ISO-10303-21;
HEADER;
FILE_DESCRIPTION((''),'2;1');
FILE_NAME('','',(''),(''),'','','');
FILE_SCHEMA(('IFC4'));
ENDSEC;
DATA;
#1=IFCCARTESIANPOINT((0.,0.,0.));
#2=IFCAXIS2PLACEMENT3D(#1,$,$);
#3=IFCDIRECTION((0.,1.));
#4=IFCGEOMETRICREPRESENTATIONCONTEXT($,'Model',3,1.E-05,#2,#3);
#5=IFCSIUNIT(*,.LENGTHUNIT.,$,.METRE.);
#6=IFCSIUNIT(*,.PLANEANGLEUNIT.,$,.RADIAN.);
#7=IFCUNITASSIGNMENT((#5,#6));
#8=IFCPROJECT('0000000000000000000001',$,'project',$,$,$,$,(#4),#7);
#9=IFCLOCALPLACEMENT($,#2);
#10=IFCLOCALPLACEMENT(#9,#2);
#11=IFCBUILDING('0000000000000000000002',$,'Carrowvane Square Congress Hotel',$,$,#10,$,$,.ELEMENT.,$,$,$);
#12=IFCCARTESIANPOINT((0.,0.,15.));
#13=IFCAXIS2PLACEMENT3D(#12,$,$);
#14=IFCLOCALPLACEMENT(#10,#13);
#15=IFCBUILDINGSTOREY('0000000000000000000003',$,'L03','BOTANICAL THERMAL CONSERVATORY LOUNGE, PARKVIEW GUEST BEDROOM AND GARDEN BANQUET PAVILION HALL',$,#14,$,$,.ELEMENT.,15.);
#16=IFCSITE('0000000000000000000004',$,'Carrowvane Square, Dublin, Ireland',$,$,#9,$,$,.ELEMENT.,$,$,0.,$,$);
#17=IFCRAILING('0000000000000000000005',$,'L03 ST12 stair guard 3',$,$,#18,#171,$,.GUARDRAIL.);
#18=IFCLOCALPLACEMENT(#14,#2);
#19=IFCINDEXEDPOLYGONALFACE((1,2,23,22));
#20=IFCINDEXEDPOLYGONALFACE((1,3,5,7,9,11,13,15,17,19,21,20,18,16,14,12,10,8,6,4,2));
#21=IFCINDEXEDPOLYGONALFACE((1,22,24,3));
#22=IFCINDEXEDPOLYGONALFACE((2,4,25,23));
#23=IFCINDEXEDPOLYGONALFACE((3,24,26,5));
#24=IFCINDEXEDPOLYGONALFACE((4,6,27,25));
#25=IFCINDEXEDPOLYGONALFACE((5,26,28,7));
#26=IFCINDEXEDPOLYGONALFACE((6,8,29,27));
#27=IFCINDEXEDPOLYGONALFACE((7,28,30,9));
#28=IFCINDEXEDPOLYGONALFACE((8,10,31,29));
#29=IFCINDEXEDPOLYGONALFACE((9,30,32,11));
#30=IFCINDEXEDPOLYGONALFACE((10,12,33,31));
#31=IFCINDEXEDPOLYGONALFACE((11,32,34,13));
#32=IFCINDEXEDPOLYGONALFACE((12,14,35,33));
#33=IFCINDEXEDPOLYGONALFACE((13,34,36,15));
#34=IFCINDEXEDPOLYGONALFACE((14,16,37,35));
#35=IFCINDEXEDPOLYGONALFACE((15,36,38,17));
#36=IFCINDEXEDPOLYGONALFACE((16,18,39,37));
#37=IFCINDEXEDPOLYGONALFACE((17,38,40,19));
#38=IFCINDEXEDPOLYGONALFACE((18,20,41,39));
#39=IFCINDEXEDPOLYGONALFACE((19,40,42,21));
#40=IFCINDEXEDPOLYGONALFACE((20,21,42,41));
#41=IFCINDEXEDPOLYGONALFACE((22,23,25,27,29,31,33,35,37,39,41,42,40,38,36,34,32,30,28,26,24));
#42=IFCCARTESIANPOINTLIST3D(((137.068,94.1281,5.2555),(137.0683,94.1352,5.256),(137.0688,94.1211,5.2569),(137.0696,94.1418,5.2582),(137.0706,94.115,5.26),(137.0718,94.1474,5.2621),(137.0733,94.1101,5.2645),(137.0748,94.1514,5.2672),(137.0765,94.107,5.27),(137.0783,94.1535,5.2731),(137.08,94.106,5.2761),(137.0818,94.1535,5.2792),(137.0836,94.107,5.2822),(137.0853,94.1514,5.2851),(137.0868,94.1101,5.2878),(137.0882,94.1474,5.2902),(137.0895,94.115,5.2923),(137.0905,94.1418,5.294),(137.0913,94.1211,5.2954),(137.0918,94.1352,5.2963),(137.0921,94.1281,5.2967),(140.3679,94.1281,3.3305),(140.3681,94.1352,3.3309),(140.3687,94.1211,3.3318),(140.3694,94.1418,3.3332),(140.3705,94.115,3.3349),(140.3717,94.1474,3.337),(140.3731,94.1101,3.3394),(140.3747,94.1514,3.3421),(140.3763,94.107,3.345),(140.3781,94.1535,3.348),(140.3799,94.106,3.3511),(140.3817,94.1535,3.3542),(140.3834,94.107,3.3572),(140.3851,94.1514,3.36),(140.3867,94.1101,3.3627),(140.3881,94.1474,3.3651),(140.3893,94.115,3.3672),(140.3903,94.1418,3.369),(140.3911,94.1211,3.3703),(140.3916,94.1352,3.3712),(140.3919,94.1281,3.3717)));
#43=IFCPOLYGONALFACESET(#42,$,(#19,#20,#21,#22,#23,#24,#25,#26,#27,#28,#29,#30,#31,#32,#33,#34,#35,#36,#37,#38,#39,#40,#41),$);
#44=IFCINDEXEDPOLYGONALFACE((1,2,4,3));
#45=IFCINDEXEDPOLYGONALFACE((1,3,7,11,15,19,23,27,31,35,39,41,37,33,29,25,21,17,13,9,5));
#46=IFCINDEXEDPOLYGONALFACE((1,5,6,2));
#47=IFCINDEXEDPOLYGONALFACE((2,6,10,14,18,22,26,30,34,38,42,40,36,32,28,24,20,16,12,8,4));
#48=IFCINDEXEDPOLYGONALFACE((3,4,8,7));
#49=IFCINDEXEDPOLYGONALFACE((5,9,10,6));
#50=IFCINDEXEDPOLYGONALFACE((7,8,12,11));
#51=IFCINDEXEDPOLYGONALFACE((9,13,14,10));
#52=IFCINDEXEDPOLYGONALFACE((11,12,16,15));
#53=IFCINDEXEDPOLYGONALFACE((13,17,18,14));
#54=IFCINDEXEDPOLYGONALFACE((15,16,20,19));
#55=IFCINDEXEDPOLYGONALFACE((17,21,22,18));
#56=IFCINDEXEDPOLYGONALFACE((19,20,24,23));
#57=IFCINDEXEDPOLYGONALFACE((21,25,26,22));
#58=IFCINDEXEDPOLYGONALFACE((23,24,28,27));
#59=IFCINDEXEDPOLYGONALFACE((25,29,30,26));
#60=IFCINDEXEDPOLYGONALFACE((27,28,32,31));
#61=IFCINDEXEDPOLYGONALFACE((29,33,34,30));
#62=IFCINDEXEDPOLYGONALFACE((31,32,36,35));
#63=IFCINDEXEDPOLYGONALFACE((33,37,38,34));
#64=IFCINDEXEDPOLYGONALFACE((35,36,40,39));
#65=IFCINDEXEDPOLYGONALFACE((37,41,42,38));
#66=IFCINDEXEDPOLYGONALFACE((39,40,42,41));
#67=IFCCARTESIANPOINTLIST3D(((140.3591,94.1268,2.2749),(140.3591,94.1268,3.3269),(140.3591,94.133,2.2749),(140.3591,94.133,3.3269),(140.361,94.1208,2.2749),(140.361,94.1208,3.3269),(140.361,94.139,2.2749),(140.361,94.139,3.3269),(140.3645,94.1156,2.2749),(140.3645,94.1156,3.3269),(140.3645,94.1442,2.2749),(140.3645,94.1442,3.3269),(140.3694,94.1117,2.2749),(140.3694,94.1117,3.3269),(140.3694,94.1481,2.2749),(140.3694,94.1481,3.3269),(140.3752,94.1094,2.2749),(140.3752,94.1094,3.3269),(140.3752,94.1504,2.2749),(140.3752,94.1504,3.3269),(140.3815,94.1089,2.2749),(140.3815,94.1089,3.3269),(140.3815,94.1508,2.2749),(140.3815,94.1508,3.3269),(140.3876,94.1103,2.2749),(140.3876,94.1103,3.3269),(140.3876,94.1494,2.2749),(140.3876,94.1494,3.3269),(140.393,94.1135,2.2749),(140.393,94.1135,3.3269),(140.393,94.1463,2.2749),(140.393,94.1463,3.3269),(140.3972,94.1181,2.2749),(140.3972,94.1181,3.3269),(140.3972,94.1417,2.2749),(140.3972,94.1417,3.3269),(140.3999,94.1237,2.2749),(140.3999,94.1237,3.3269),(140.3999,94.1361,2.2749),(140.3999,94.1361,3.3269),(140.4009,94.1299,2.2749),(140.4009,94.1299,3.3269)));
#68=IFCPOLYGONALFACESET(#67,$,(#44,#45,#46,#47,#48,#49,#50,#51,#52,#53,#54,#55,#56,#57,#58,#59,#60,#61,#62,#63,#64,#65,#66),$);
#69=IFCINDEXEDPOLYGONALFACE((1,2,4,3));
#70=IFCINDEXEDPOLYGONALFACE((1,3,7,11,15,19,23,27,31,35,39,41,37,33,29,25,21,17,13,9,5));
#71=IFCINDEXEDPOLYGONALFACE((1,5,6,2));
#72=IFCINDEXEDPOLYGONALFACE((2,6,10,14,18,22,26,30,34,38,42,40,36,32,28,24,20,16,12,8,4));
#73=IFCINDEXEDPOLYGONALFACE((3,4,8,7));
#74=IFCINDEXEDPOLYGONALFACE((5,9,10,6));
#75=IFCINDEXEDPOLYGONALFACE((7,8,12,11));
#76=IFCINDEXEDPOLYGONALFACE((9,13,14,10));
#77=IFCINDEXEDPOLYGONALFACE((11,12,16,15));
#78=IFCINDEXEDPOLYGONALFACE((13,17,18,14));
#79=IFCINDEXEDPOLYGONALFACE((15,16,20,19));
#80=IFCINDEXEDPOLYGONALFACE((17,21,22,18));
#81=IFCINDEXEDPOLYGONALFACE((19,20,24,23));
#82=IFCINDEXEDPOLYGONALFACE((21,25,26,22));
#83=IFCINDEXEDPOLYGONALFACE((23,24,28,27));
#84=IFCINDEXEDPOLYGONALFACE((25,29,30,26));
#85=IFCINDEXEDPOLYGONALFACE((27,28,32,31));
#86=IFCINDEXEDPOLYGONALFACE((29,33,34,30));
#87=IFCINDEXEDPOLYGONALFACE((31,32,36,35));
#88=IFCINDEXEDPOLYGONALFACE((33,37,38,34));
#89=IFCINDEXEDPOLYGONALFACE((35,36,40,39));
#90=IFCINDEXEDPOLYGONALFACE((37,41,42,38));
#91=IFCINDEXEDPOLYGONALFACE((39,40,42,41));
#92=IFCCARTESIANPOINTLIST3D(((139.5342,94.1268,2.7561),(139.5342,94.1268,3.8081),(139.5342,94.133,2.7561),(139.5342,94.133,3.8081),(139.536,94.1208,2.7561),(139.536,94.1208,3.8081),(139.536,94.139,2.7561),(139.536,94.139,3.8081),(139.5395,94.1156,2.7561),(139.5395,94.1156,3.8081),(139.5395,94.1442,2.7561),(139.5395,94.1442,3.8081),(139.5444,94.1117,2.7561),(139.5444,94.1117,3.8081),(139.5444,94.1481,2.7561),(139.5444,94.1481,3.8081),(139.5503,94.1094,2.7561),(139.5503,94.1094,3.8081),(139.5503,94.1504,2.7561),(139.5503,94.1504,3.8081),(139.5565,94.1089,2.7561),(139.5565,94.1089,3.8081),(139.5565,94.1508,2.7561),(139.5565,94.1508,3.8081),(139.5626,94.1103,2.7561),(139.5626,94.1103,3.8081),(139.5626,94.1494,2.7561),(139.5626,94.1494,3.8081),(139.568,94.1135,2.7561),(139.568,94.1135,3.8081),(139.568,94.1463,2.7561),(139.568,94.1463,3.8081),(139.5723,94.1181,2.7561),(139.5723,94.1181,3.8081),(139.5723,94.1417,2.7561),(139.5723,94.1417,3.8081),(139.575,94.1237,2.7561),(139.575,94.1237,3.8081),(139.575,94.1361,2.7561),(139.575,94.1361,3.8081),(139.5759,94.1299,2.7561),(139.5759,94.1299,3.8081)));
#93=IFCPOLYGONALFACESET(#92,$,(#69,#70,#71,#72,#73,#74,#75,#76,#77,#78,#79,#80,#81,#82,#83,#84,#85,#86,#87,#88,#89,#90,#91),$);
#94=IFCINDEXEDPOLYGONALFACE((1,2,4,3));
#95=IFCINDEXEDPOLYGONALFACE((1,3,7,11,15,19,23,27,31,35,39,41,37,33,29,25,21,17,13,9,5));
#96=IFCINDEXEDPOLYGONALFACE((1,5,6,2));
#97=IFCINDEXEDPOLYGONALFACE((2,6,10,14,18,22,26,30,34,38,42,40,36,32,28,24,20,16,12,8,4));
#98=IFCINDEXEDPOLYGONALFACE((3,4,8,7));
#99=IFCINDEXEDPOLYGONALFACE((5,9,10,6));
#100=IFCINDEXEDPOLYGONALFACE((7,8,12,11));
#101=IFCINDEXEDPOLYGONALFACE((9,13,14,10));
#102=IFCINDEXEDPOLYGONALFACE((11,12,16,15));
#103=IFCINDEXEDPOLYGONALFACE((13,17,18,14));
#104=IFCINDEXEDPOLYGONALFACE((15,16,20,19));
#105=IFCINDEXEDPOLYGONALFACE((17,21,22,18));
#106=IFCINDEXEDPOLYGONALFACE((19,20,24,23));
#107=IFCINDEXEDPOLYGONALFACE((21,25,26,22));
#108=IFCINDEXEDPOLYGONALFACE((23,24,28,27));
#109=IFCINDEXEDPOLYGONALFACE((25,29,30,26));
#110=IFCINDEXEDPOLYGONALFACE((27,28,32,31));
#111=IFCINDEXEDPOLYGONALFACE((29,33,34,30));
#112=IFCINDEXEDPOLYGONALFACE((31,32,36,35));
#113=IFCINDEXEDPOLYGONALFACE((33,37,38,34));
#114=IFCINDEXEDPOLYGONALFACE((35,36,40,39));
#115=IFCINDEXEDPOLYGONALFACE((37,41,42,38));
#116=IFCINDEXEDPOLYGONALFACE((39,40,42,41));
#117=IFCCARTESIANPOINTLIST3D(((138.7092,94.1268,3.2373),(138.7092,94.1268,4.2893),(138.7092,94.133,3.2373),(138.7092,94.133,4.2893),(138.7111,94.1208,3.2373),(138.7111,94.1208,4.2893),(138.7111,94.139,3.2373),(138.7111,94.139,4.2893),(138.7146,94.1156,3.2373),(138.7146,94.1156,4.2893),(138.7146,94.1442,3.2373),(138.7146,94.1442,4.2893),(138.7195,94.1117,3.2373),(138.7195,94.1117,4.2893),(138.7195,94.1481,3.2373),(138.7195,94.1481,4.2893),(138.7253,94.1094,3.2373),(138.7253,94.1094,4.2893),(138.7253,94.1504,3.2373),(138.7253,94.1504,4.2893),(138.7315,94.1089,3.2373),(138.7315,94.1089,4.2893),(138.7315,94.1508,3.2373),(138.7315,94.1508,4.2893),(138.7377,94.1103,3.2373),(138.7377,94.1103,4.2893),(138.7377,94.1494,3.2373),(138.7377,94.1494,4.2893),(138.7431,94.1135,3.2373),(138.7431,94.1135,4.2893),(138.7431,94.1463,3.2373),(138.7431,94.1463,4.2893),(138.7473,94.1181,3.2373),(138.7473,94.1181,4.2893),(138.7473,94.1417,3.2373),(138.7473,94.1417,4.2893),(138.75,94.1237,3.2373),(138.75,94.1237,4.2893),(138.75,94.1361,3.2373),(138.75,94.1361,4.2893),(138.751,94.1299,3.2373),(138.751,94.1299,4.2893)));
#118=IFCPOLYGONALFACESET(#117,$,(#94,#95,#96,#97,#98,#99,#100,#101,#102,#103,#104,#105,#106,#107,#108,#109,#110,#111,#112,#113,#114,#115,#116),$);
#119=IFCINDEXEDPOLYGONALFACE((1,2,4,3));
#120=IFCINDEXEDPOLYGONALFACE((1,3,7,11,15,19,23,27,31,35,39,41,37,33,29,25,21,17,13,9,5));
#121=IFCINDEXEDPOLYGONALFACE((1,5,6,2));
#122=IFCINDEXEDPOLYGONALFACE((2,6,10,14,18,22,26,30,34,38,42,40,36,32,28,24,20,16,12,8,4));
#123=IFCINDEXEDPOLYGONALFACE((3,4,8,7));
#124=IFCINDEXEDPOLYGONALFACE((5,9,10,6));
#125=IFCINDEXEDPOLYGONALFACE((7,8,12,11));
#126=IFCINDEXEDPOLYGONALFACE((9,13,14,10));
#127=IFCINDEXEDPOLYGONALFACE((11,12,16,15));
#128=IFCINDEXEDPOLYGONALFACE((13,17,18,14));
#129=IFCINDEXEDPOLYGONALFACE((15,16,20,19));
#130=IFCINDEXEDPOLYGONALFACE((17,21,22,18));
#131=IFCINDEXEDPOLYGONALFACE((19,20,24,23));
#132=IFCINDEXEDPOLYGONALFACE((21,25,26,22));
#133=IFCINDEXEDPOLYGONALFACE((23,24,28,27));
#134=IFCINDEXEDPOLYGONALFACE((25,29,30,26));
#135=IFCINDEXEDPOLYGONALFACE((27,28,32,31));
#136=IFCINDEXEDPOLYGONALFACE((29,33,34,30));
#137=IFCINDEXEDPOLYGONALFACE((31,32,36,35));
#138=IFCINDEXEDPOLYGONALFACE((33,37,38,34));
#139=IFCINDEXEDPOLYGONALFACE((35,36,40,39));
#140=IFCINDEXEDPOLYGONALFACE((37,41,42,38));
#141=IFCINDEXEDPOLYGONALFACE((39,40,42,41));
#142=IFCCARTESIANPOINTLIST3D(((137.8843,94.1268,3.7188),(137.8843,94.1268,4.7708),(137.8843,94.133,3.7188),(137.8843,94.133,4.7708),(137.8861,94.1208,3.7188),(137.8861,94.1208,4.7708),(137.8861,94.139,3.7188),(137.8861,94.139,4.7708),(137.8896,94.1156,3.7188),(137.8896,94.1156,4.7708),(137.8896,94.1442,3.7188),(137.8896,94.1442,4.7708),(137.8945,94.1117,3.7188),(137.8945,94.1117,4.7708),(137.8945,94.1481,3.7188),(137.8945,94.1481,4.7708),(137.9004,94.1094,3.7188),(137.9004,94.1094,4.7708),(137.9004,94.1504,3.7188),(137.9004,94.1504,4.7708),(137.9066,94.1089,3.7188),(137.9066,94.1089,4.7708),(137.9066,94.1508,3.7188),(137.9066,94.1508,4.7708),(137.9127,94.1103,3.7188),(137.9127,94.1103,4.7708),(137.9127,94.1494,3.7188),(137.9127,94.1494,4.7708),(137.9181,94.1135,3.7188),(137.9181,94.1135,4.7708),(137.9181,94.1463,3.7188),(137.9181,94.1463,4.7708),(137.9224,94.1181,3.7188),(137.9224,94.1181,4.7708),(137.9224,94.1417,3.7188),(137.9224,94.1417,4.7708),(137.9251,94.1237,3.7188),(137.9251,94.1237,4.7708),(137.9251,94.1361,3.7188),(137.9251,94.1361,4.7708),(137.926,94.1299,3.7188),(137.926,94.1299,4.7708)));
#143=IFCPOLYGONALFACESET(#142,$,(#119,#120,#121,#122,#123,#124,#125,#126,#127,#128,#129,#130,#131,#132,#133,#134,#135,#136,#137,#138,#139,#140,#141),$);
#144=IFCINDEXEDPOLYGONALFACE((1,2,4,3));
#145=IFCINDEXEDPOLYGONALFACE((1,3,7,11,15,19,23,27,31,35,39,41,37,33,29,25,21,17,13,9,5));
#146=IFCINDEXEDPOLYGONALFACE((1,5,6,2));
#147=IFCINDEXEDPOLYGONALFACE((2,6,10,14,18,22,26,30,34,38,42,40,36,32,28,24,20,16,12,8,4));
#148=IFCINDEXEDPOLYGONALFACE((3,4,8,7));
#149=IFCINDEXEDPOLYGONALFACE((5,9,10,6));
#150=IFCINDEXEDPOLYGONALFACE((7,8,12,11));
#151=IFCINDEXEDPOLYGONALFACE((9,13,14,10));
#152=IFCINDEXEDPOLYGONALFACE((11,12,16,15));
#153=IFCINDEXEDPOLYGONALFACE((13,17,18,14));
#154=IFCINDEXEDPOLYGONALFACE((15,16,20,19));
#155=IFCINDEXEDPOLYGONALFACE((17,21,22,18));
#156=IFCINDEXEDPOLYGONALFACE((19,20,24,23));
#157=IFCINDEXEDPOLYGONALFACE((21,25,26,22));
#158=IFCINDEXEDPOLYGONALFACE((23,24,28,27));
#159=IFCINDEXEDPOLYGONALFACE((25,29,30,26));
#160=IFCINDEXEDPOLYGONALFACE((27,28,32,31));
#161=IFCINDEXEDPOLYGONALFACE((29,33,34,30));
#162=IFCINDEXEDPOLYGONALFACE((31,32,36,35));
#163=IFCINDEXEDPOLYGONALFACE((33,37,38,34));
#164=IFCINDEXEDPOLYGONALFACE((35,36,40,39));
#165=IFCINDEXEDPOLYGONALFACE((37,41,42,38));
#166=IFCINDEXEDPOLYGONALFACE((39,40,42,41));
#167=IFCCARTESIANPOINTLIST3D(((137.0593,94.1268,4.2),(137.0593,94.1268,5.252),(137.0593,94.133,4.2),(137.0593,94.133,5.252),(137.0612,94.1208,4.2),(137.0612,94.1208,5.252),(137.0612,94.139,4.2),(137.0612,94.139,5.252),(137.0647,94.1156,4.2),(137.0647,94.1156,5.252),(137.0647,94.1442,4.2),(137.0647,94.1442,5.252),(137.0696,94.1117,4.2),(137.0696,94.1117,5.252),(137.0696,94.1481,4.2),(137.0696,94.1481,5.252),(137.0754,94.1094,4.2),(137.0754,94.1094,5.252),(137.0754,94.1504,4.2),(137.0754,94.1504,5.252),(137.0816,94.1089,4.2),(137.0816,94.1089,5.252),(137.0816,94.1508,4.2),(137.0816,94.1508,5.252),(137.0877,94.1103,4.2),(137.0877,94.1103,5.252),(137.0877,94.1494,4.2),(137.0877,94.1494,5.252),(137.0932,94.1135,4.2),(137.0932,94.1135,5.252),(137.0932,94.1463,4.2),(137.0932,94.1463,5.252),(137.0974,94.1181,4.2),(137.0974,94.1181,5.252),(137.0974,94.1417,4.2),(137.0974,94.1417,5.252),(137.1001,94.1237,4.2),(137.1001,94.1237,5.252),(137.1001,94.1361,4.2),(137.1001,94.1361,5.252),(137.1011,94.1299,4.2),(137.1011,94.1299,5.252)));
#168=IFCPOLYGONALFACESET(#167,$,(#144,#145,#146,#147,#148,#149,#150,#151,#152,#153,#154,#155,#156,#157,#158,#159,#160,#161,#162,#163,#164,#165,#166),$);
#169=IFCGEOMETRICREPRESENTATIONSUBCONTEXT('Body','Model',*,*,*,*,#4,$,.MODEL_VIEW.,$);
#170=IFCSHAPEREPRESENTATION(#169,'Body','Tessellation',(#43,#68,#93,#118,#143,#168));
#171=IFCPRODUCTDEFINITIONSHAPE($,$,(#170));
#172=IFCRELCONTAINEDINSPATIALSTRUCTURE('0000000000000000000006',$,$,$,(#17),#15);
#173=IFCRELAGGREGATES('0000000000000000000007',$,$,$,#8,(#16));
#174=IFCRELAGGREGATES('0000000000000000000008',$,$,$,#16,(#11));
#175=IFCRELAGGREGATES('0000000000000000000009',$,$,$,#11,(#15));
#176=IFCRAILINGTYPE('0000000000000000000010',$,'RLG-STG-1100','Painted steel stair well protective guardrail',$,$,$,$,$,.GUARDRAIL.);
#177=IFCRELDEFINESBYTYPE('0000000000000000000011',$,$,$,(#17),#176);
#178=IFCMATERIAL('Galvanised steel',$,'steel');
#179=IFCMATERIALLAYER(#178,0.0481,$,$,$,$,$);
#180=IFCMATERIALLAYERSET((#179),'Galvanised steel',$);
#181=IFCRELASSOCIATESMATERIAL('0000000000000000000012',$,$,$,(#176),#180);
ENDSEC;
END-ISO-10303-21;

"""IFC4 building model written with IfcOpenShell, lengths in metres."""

from ifc_helpers import new_model, si_unit, direction, frame, origin, origin_2d, place, context, subcontext, project, spatial, circle, extrude, material, layer, layer_set, type_object, element, save


model = new_model("IFC4")

# Units and contexts
model_context = context("Model", 3, precision=1e-05, world=origin(), true_north=direction((0.0, 1.0)))
body_context = subcontext(model_context, "Body", "Model", "MODEL_VIEW")
ifc_project = project(units=[si_unit("LENGTHUNIT", "METRE"), si_unit("PLANEANGLEUNIT", "RADIAN")], contexts=[model_context])

# Site, building, storey
site_placement = place(None, origin())
site = spatial("IfcSite", under=ifc_project, at=site_placement, Name="Carrowvane Square, Dublin, Ireland", CompositionType="ELEMENT", RefElevation=0.0)
building_placement = place(site_placement, origin())
building = spatial("IfcBuilding", under=site, at=building_placement, Name="Carrowvane Square Congress Hotel", CompositionType="ELEMENT")
storey_placement = place(building_placement, frame((0.0, 0.0, 15.0)))
storey = spatial("IfcBuildingStorey", under=building, at=storey_placement, Name="L03", Description="BOTANICAL THERMAL CONSERVATORY LOUNGE, PARKVIEW GUEST BEDROOM AND GARDEN BANQUET PAVILION HALL", CompositionType="ELEMENT", Elevation=15.0)

# Railing
ifc_material_1 = material(Name="Galvanised steel", Category="steel")
ifc_layer_1 = layer(ifc_material_1, 0.0481)
ifc_layer_set_1 = layer_set([ifc_layer_1], Name="Galvanised steel")
railing_type_1 = type_object("IfcRailingType", Name="RLG-STG-1100", Description="Painted steel stair well protective guardrail", PredefinedType="GUARDRAIL", material=ifc_layer_set_1)
railing_1_placement = place(storey_placement, frame((140.3799, 94.1299, 2.2749)))
element("IfcRailing", 1, at=railing_1_placement, inside=storey, type_object=railing_type_1, Name="L03 ST12 stair guard 3", PredefinedType="GUARDRAIL", context=body_context, shape_type="SweptSolid", body=[
    extrude(circle(Radius=0.0239, at=origin_2d()), frame((0.0, 0.0, 1.0762), z_axis=(-0.86376, 0.0, 0.503903), x_axis=(0.0, -1.0, 0.0)), (0.0, 0.0, 1.0), 3.8203),
    extrude(circle(Radius=0.021, at=origin_2d()), origin(), (0.0, 0.0, 1.0), 1.052),
    extrude(circle(Radius=0.021, at=origin_2d()), frame((-0.825, 0.0, 0.4812)), (0.0, 0.0, 1.0), 1.052),
    extrude(circle(Radius=0.021, at=origin_2d()), frame((-1.6499, 0.0, 0.9624)), (0.0, 0.0, 1.0), 1.052),
    extrude(circle(Radius=0.021, at=origin_2d()), frame((-2.4749, 0.0, 1.4438)), (0.0, 0.0, 1.0), 1.052),
    extrude(circle(Radius=0.021, at=origin_2d()), frame((-3.2998, 0.0, 1.925)), (0.0, 0.0, 1.0), 1.052),
])

save(model, "model.ifc")
